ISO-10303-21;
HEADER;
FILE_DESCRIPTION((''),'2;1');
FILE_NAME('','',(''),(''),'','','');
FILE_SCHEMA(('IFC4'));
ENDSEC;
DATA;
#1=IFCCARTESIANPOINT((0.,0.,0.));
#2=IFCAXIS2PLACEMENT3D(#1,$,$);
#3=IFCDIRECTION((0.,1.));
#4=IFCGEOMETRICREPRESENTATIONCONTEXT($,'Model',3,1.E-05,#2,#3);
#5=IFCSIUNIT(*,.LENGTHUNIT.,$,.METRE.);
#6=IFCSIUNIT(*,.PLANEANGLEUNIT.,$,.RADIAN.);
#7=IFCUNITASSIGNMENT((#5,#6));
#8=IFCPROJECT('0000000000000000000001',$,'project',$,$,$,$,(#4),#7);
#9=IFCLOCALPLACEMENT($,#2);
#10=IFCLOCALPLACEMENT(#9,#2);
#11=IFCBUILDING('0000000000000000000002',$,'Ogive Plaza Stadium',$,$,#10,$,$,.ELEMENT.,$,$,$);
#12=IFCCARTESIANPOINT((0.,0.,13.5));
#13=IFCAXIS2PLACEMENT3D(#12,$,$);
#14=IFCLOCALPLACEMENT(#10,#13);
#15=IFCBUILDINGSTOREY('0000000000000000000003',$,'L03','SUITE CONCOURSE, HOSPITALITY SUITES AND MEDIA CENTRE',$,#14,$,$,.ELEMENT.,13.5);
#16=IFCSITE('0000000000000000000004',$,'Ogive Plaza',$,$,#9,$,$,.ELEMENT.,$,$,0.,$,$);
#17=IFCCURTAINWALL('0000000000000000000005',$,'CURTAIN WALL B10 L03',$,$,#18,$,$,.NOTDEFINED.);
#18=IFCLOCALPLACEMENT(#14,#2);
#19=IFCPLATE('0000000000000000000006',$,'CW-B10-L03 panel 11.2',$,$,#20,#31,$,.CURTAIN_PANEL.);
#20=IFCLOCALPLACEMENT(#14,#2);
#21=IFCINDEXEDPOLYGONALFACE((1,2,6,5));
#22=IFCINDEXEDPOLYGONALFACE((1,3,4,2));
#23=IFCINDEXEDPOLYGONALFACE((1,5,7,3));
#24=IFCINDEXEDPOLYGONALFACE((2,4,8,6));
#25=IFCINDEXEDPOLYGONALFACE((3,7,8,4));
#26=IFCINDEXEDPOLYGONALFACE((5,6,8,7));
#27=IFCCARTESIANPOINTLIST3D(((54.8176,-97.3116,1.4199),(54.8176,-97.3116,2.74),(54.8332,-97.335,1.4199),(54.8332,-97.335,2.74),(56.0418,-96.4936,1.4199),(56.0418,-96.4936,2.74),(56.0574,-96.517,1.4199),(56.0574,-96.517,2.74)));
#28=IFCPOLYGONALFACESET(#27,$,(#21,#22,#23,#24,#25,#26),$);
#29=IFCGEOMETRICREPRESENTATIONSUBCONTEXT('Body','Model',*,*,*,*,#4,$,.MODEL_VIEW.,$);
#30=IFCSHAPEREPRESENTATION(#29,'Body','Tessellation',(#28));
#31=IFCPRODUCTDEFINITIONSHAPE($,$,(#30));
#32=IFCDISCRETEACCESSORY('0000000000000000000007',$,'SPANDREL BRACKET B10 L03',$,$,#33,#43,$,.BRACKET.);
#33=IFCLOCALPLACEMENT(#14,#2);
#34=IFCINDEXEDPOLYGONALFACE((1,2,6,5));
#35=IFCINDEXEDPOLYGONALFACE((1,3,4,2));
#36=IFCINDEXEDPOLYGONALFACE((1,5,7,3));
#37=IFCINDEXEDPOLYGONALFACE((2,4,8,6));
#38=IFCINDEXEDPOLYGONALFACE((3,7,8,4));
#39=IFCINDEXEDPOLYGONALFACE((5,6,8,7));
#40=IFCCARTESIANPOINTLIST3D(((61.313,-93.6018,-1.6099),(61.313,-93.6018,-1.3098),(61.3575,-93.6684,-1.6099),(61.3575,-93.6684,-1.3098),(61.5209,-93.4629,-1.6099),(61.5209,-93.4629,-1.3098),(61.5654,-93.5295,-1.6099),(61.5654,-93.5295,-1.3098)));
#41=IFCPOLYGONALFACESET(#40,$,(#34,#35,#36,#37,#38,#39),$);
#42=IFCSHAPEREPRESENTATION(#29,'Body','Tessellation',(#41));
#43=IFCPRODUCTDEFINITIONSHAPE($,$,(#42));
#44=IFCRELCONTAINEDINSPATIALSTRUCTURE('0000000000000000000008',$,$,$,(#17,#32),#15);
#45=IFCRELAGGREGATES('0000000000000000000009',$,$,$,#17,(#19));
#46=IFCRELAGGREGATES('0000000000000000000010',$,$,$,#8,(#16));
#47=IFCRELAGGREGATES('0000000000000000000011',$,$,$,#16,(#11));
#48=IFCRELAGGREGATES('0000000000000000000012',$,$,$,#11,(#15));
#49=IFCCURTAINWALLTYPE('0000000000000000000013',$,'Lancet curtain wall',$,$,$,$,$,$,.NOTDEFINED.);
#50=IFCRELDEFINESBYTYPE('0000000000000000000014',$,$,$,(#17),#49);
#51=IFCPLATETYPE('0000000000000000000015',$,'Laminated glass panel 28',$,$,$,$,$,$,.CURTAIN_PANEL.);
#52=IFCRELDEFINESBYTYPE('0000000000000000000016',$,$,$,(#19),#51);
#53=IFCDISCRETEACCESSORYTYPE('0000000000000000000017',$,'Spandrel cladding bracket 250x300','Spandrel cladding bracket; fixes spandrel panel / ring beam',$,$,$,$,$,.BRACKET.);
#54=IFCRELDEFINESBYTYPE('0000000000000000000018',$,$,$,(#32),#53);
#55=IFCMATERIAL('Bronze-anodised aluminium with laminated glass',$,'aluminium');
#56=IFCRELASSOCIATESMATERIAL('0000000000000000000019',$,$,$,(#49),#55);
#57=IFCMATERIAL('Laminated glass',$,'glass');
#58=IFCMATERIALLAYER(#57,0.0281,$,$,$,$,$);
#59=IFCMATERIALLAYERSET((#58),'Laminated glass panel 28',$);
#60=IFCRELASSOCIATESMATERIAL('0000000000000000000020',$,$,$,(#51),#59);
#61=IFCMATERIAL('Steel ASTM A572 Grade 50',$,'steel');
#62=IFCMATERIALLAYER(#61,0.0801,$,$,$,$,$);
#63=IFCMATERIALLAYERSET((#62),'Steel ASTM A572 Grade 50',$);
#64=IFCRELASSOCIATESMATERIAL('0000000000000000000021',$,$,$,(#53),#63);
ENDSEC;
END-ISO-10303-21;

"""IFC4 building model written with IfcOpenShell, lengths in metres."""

from ifc_helpers import new_model, si_unit, direction, frame, origin, origin_2d, place, context, subcontext, project, spatial, rectangle, extrude, material, layer, layer_set, type_object, element, aggregate, save


model = new_model("IFC4")

# Units and contexts
model_context = context("Model", 3, precision=1e-05, world=origin(), true_north=direction((0.0, 1.0)))
body_context = subcontext(model_context, "Body", "Model", "MODEL_VIEW")
ifc_project = project(units=[si_unit("LENGTHUNIT", "METRE"), si_unit("PLANEANGLEUNIT", "RADIAN")], contexts=[model_context])

# Site, building, storey
site_placement = place(None, origin())
site = spatial("IfcSite", under=ifc_project, at=site_placement, Name="Ogive Plaza", CompositionType="ELEMENT", RefElevation=0.0)
building_placement = place(site_placement, origin())
building = spatial("IfcBuilding", under=site, at=building_placement, Name="Ogive Plaza Stadium", CompositionType="ELEMENT")
storey_placement = place(building_placement, frame((0.0, 0.0, 13.5)))
storey = spatial("IfcBuildingStorey", under=building, at=storey_placement, Name="L03", Description="SUITE CONCOURSE, HOSPITALITY SUITES AND MEDIA CENTRE", CompositionType="ELEMENT", Elevation=13.5)

# Curtain wall, plate
ifc_material_1 = material(Name="Bronze-anodised aluminium with laminated glass", Category="aluminium")
curtain_wall_type = type_object("IfcCurtainWallType", Name="Lancet curtain wall", PredefinedType="NOTDEFINED", material=ifc_material_1)
curtain_wall_placement = place(storey_placement, origin())
curtain_wall = element("IfcCurtainWall", 1, at=curtain_wall_placement, inside=storey, type_object=curtain_wall_type, Name="CURTAIN WALL B10 L03", PredefinedType="NOTDEFINED")
ifc_material_2 = material(Name="Laminated glass", Category="glass")
ifc_layer_1 = layer(ifc_material_2, 0.0281)
ifc_layer_set_1 = layer_set([ifc_layer_1], Name="Laminated glass panel 28")
plate_type = type_object("IfcPlateType", Name="Laminated glass panel 28", PredefinedType="CURTAIN_PANEL", material=ifc_layer_set_1)
plate_1_placement = place(storey_placement, frame((55.4375, -96.9143, 1.4199), z_axis=(0.0, 0.0, 1.0), x_axis=(-0.83147, -0.55557, 0.0)))
plate_1 = element("IfcPlate", 2, at=plate_1_placement, type_object=plate_type, Name="CW-B10-L03 panel 11.2", PredefinedType="CURTAIN_PANEL", context=body_context, shape_type="SweptSolid", body=[
    extrude(rectangle(XDim=1.4724, YDim=0.0281, at=origin_2d()), origin(), (0.0, 0.0, 1.0), 1.3201),
])
aggregate(curtain_wall, [plate_1])

# Discrete accessory
ifc_material_3 = material(Name="Steel ASTM A572 Grade 50", Category="steel")
ifc_layer_2 = layer(ifc_material_3, 0.0801)
ifc_layer_set_2 = layer_set([ifc_layer_2], Name="Steel ASTM A572 Grade 50")
discrete_accessory_type = type_object("IfcDiscreteAccessoryType", Name="Spandrel cladding bracket 250x300", Description="Spandrel cladding bracket; fixes spandrel panel / ring beam", PredefinedType="BRACKET", material=ifc_layer_set_2)
discrete_accessory_placement = place(storey_placement, frame((61.4392, -93.5657, -1.6099), z_axis=(0.0, 0.0, 1.0), x_axis=(-0.83147, -0.55557, 0.0)))
element("IfcDiscreteAccessory", 3, at=discrete_accessory_placement, inside=storey, type_object=discrete_accessory_type, Name="SPANDREL BRACKET B10 L03", PredefinedType="BRACKET", context=body_context, shape_type="SweptSolid", body=[
    extrude(rectangle(XDim=0.25, YDim=0.0801, at=origin_2d()), origin(), (0.0, 0.0, 1.0), 0.3),
])

save(model, "model.ifc")
